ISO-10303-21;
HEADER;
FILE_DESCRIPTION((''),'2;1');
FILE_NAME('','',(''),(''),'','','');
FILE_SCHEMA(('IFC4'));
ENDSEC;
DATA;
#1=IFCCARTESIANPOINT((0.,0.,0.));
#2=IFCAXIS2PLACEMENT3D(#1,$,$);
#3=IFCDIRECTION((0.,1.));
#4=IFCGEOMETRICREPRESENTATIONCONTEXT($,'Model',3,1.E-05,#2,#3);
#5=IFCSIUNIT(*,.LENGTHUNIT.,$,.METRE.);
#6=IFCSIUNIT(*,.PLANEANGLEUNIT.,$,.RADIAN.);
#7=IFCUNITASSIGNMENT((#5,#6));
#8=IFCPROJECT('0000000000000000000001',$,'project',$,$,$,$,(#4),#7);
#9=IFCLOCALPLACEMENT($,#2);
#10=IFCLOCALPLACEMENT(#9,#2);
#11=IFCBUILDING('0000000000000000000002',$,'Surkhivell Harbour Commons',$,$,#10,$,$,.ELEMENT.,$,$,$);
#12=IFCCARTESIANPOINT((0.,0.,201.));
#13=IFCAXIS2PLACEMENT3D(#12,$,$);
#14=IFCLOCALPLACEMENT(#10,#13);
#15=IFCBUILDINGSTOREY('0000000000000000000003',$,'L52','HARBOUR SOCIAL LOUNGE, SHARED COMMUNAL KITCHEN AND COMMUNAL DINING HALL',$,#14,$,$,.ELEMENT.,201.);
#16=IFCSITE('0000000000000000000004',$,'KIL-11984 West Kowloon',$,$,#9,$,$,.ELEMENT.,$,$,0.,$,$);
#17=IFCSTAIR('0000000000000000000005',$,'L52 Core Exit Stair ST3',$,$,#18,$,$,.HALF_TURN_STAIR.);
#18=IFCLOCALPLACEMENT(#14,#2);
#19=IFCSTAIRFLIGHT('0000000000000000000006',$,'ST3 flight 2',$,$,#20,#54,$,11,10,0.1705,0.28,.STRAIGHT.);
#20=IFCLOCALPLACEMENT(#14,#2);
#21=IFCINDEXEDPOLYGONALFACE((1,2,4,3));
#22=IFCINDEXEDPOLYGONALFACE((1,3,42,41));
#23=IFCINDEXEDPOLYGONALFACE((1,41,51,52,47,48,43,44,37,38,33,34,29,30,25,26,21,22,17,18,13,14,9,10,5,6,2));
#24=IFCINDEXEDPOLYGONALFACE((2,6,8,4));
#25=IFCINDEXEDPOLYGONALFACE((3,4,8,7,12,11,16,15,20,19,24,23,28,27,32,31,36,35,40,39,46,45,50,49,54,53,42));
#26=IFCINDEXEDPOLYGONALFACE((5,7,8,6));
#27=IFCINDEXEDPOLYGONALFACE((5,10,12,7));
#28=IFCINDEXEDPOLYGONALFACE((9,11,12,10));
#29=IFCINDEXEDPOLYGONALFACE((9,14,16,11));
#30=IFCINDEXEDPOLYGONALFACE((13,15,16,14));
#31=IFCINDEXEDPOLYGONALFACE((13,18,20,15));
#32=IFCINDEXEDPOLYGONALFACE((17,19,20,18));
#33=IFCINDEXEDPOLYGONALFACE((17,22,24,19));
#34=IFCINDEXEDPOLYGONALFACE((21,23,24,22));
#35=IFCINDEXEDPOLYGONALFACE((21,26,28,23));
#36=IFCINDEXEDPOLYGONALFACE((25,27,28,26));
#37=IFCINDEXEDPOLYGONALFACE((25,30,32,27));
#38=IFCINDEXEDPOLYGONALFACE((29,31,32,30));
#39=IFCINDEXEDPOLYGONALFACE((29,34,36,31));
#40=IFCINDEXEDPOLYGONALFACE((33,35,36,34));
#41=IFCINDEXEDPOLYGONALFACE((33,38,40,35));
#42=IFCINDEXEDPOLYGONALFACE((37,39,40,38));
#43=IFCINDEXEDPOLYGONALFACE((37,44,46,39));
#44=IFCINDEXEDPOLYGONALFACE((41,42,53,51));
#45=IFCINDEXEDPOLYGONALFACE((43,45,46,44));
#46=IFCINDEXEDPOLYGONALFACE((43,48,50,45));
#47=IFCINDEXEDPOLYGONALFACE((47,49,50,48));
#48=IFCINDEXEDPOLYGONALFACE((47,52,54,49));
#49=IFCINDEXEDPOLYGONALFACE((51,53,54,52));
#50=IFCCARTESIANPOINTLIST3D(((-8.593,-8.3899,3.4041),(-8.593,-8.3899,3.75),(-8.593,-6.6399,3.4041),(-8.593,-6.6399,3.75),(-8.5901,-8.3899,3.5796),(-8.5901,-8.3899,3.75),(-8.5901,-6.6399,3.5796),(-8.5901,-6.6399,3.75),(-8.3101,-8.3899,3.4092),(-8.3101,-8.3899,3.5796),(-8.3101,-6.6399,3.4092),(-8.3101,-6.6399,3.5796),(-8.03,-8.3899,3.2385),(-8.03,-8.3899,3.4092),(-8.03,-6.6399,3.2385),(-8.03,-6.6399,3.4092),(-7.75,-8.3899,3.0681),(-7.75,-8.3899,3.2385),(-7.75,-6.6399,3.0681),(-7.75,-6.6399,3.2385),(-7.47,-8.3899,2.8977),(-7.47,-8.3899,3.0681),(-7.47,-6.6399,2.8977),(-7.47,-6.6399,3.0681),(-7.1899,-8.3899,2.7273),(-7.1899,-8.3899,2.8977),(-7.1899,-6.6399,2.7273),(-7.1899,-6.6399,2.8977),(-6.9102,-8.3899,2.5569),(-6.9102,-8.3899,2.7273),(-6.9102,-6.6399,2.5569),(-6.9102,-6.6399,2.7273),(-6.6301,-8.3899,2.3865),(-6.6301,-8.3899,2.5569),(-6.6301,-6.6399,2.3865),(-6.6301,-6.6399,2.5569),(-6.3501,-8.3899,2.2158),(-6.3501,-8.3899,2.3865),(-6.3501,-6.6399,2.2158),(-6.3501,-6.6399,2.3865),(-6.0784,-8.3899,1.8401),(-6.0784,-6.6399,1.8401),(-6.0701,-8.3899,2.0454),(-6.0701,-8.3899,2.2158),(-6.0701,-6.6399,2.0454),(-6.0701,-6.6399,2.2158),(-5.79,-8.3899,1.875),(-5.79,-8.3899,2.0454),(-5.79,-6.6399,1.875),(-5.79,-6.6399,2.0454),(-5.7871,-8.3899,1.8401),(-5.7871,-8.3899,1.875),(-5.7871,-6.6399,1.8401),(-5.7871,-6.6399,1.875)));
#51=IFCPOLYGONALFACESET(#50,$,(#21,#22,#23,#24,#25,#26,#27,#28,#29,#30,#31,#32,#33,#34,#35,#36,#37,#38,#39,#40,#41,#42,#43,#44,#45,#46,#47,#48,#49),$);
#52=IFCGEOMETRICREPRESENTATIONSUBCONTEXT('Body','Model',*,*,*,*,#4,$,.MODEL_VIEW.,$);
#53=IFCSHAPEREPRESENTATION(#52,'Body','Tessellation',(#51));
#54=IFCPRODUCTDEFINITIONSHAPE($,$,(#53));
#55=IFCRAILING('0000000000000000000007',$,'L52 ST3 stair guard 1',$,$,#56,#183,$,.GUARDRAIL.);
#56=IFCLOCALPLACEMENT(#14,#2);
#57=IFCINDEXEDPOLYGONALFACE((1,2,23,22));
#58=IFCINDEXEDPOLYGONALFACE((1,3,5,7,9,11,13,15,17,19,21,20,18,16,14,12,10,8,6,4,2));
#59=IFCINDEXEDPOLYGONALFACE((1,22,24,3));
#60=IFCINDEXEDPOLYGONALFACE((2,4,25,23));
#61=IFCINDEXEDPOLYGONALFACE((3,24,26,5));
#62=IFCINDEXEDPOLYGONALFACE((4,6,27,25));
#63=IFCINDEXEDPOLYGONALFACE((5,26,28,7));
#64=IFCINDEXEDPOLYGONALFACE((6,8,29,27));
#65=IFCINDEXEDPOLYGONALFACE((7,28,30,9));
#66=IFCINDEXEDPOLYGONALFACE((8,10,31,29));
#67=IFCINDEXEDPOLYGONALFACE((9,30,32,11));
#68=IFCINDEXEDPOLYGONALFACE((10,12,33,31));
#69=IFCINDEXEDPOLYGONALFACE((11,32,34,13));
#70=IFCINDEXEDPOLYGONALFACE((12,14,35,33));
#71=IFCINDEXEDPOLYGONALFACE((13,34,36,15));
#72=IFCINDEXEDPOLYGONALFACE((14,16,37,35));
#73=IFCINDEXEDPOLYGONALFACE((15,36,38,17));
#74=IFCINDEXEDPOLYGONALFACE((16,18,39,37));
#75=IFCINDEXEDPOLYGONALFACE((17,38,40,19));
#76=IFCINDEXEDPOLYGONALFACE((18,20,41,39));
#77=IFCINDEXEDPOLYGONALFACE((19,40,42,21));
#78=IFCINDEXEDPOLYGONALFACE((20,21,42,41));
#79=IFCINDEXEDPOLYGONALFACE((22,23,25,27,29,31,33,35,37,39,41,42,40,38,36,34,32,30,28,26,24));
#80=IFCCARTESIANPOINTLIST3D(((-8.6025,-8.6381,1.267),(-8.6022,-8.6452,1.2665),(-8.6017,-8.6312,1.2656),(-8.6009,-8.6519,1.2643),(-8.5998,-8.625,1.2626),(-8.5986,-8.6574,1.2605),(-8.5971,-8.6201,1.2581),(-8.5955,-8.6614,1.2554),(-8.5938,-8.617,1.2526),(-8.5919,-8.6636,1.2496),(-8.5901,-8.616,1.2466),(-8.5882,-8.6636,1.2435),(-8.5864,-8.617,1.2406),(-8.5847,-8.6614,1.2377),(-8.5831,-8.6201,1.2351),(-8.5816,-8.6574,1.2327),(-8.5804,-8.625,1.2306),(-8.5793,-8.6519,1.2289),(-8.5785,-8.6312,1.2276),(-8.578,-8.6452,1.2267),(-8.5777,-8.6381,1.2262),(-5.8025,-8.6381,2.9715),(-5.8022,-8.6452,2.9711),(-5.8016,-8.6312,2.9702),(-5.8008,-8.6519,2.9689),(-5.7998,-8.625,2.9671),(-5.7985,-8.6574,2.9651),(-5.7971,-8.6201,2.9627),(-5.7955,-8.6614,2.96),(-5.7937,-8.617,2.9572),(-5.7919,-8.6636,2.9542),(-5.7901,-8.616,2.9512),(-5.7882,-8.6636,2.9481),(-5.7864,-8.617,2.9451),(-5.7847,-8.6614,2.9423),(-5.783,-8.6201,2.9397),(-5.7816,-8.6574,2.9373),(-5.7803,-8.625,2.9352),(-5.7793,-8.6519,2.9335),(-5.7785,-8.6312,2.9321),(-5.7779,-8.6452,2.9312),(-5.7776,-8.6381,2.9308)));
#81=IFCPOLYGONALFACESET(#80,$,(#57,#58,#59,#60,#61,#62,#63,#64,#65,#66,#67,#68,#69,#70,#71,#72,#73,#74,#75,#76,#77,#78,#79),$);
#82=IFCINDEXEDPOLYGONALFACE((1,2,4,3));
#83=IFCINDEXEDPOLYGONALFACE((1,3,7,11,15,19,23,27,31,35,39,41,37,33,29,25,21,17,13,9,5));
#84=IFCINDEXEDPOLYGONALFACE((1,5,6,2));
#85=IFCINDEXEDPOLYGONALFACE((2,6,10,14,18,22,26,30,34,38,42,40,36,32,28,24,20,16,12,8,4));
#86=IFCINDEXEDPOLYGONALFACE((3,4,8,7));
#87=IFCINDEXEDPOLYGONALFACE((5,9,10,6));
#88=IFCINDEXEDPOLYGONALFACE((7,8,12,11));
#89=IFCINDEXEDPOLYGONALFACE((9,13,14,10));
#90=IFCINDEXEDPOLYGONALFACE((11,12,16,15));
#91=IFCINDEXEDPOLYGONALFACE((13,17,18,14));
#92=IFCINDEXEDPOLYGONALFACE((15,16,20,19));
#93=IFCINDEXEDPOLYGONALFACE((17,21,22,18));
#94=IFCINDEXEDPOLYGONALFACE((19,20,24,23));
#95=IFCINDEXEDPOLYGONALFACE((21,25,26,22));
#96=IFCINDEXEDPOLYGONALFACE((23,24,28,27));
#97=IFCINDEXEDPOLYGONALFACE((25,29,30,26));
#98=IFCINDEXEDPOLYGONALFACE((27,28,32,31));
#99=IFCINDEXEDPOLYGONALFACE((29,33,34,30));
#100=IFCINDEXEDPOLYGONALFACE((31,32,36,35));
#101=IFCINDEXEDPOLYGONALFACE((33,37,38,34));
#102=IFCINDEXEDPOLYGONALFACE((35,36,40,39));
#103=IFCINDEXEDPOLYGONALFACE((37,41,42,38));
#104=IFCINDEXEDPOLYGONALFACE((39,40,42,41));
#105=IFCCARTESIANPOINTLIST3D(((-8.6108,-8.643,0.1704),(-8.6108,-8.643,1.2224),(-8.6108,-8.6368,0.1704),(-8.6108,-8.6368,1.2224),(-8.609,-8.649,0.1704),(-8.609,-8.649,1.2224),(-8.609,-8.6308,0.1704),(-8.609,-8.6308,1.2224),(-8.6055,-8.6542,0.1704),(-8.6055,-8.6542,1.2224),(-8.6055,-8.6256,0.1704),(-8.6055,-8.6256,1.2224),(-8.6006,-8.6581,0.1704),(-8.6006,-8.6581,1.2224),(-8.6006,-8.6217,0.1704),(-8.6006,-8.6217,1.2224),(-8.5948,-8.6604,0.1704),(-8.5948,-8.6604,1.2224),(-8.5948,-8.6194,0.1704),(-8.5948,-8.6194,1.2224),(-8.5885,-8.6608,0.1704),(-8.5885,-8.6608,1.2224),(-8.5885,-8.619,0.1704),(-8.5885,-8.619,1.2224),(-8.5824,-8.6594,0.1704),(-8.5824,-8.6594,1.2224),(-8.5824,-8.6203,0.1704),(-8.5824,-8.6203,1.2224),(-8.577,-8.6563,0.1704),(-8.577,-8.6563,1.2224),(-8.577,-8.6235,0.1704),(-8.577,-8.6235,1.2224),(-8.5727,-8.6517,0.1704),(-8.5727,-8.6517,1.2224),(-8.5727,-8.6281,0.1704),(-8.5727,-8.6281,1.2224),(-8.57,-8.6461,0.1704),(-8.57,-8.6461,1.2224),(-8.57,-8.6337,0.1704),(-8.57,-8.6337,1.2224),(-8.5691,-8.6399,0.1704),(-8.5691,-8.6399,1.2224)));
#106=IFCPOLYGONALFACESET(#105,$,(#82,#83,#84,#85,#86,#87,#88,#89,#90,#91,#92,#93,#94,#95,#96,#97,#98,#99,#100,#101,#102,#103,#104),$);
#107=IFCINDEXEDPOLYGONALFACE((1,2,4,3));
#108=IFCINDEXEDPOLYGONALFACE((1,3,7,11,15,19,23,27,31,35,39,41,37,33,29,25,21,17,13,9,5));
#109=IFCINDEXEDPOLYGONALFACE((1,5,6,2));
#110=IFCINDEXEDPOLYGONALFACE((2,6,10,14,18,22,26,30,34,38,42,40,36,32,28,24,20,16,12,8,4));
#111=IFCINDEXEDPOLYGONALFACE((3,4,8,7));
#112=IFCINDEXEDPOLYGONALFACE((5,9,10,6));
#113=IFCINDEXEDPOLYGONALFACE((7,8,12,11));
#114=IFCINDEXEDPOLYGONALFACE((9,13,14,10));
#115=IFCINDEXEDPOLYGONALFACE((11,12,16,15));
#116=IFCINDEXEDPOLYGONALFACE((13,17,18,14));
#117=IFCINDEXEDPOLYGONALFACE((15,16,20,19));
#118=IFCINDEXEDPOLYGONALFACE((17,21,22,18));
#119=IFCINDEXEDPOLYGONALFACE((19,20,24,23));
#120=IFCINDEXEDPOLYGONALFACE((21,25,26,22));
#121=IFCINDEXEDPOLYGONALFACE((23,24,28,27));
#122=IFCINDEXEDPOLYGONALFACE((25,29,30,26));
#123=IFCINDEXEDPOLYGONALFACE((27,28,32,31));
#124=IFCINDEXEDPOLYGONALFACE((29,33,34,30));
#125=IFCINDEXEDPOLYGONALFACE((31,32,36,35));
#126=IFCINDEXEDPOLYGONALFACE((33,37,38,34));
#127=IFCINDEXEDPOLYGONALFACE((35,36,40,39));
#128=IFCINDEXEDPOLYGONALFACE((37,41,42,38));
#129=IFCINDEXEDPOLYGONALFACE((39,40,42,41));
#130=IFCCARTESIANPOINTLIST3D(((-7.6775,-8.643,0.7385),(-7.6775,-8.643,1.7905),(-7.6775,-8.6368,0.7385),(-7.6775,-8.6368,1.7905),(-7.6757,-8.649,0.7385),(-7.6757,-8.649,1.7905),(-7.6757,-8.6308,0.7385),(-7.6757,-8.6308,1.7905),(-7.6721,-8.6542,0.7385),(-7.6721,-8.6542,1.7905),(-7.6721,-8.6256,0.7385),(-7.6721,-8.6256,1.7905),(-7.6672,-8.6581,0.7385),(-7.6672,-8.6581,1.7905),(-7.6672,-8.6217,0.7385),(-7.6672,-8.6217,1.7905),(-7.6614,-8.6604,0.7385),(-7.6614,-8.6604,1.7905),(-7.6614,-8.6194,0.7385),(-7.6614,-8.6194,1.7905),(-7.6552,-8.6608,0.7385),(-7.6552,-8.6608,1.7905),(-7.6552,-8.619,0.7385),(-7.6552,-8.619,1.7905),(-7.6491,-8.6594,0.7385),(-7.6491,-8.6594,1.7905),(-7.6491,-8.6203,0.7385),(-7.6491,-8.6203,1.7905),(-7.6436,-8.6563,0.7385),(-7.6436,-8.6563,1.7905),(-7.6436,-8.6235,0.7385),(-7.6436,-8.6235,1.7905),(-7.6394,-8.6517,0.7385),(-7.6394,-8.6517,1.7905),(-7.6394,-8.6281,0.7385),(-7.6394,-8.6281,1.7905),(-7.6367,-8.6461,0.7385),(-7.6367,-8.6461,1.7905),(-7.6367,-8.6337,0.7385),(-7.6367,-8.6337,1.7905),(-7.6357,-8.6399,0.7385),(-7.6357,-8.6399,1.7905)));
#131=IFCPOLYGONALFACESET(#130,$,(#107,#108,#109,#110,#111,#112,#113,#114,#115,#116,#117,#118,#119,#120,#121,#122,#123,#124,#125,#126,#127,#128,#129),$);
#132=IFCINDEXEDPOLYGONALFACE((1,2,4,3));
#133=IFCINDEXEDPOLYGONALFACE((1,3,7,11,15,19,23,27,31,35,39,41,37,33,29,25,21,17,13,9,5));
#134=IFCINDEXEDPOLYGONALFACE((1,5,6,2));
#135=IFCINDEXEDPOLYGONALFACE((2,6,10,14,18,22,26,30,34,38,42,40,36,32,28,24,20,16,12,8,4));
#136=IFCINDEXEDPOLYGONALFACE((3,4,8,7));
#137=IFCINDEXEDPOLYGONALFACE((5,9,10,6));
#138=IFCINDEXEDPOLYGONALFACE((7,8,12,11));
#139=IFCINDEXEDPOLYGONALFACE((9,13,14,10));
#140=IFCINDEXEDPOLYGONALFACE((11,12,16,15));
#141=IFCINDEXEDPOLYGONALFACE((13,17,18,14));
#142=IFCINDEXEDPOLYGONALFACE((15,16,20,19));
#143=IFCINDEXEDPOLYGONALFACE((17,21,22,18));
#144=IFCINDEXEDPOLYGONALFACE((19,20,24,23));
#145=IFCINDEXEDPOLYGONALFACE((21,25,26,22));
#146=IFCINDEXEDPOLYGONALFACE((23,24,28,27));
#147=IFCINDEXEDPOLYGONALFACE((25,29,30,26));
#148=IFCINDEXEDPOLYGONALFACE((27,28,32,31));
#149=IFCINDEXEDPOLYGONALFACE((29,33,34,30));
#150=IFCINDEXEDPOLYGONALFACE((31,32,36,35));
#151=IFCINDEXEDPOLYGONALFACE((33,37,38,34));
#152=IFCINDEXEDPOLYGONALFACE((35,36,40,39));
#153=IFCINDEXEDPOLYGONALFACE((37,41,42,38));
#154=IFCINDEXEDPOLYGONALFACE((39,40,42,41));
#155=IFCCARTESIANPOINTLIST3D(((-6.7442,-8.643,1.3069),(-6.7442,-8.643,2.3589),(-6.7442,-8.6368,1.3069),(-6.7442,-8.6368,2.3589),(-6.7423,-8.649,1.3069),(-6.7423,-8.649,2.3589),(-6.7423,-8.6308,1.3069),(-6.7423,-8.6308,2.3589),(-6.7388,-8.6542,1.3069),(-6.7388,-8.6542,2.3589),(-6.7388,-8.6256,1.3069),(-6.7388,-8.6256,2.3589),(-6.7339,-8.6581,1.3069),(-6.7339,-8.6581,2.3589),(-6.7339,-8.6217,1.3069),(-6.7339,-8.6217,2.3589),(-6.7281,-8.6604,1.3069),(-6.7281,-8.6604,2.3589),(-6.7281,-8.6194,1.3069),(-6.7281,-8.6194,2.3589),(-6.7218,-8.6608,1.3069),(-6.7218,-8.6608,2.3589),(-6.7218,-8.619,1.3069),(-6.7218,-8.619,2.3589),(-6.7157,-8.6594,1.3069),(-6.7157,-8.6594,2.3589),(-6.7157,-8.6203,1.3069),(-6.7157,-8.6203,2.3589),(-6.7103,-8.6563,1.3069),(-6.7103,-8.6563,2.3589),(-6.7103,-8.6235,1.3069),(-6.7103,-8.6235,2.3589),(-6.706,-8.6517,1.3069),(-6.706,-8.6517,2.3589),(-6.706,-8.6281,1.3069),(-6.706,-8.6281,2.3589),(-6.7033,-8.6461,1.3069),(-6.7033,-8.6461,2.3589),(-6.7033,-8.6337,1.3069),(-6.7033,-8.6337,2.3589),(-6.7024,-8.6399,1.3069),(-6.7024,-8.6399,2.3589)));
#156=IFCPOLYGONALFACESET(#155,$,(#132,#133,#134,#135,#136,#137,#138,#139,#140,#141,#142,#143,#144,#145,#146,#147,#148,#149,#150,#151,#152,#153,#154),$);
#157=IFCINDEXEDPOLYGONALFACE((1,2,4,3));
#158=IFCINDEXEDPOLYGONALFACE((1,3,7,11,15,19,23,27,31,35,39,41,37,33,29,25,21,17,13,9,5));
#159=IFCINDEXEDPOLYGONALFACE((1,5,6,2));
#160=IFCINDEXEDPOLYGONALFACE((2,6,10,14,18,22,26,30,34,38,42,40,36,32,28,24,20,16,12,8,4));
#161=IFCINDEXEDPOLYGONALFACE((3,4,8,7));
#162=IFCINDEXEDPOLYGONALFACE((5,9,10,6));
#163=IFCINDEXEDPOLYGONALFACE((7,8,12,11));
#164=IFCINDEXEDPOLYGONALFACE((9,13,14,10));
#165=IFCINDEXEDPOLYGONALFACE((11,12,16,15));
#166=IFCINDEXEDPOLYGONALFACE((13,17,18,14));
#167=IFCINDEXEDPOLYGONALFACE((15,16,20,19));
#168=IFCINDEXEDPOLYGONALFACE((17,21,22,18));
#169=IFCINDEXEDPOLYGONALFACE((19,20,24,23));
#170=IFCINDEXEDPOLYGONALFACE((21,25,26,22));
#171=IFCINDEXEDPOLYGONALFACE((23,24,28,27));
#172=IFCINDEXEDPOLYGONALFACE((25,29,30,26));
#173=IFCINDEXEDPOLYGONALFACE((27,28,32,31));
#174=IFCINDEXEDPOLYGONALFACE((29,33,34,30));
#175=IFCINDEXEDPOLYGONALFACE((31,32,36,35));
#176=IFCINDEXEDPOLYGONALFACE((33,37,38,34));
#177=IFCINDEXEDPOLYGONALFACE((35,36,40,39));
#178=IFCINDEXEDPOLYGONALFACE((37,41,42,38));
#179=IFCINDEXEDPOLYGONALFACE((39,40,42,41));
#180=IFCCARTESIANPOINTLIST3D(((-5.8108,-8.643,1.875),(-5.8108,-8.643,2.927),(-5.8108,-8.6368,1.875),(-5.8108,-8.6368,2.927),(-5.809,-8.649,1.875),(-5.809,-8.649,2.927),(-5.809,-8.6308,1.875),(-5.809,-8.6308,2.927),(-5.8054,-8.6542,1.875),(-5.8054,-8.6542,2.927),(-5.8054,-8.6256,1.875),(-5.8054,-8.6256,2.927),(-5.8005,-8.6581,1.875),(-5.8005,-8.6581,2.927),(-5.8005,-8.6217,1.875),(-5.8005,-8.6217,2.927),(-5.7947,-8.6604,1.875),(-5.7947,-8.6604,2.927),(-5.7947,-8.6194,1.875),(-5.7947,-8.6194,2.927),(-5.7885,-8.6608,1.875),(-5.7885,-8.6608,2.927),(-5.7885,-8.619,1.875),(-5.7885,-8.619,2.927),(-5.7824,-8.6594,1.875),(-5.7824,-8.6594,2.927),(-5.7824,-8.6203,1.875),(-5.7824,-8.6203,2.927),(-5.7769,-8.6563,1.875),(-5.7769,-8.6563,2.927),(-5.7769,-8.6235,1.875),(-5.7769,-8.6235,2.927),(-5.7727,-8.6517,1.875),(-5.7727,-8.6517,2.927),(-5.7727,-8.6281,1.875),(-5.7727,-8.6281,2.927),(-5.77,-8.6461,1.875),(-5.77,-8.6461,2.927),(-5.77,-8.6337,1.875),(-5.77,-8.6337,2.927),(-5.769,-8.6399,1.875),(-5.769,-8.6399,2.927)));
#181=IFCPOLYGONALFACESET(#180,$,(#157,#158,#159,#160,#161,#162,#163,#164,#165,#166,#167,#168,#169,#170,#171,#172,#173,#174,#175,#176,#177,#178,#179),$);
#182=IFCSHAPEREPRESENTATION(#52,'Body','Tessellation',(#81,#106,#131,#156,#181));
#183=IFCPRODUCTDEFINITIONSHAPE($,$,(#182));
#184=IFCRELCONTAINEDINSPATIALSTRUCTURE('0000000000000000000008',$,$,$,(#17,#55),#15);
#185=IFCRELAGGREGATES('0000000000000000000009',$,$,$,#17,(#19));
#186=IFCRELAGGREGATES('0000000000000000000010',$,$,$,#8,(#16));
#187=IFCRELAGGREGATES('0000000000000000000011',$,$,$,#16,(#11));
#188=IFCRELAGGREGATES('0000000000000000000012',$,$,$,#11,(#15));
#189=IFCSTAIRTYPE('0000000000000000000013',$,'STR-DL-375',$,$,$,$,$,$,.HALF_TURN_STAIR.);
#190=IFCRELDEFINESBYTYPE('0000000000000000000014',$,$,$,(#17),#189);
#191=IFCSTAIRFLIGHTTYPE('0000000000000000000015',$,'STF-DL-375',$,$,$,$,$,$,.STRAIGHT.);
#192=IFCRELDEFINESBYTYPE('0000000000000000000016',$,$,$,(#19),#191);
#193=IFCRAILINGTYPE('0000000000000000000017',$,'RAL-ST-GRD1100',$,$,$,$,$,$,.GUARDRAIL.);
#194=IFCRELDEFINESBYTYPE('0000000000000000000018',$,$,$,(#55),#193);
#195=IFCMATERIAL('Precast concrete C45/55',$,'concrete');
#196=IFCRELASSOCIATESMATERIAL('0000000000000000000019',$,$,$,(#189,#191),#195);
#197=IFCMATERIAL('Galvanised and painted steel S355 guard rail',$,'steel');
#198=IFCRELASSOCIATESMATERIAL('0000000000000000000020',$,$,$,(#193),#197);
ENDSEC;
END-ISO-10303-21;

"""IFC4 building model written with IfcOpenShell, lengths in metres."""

from ifc_helpers import new_model, si_unit, direction, frame, origin, origin_2d, place, context, subcontext, project, spatial, polyline, circle, outline, extrude, material, type_object, element, aggregate, save


model = new_model("IFC4")

# Units and contexts
model_context = context("Model", 3, precision=1e-05, world=origin(), true_north=direction((0.0, 1.0)))
body_context = subcontext(model_context, "Body", "Model", "MODEL_VIEW")
ifc_project = project(units=[si_unit("LENGTHUNIT", "METRE"), si_unit("PLANEANGLEUNIT", "RADIAN")], contexts=[model_context])

# Site, building, storey
site_placement = place(None, origin())
site = spatial("IfcSite", under=ifc_project, at=site_placement, Name="KIL-11984 West Kowloon", CompositionType="ELEMENT", RefElevation=0.0)
building_placement = place(site_placement, origin())
building = spatial("IfcBuilding", under=site, at=building_placement, Name="Surkhivell Harbour Commons", CompositionType="ELEMENT")
storey_placement = place(building_placement, frame((0.0, 0.0, 201.0)))
storey = spatial("IfcBuildingStorey", under=building, at=storey_placement, Name="L52", Description="HARBOUR SOCIAL LOUNGE, SHARED COMMUNAL KITCHEN AND COMMUNAL DINING HALL", CompositionType="ELEMENT", Elevation=201.0)

# Stair, stair flight
ifc_material_1 = material(Name="Precast concrete C45/55", Category="concrete")
stair_type = type_object("IfcStairType", Name="STR-DL-375", PredefinedType="HALF_TURN_STAIR", material=ifc_material_1)
stair_placement = place(storey_placement, origin())
stair = element("IfcStair", 1, at=stair_placement, inside=storey, type_object=stair_type, Name="L52 Core Exit Stair ST3", PredefinedType="HALF_TURN_STAIR")
stair_flight_type = type_object("IfcStairFlightType", Name="STF-DL-375", PredefinedType="STRAIGHT", material=ifc_material_1)
stair_flight_1_placement = place(storey_placement, frame((-5.79, -7.5149, 1.875), z_axis=(0.0, 0.0, 1.0), x_axis=(-1.0, 0.0, 0.0)))
stair_flight_1 = element("IfcStairFlight", 2, at=stair_flight_1_placement, type_object=stair_flight_type, Name="ST3 flight 2", NumberOfRisers=11, NumberOfTreads=10, PredefinedType="STRAIGHT", RiserHeight=0.1705, TreadLength=0.28, context=body_context, shape_type="SweptSolid", body=[
    extrude(outline(polyline([(-0.0029, -0.0349), (-0.0029, 0.0), (0.0, 0.0), (0.0, 0.1704), (0.28, 0.1704), (0.28, 0.3408), (0.5601, 0.3408), (0.5601, 0.5115), (0.8401, 0.5115), (0.8401, 0.6819), (1.1201, 0.6819), (1.1201, 0.8523), (1.3999, 0.8523), (1.3999, 1.0227), (1.6799, 1.0227), (1.6799, 1.1931), (1.96, 1.1931), (1.96, 1.3635), (2.24, 1.3635), (2.24, 1.5342), (2.52, 1.5342), (2.52, 1.7046), (2.8, 1.7046), (2.8, 1.875), (2.803, 1.875), (2.803, 1.5291), (0.2883, -0.0349), (-0.0029, -0.0349)])), frame((0.0, 0.875, 0.0), z_axis=(0.0, -1.0, 0.0), x_axis=(1.0, 0.0, 0.0)), (0.0, 0.0, 1.0), 1.75),
])
aggregate(stair, [stair_flight_1])

# Railing
ifc_material_2 = material(Name="Galvanised and painted steel S355 guard rail", Category="steel")
railing_type_1 = type_object("IfcRailingType", Name="RAL-ST-GRD1100", PredefinedType="GUARDRAIL", material=ifc_material_2)
railing_1_placement = place(storey_placement, frame((-8.5901, -8.6399, 0.1704)))
element("IfcRailing", 3, at=railing_1_placement, inside=storey, type_object=railing_type_1, Name="L52 ST3 stair guard 1", PredefinedType="GUARDRAIL", context=body_context, shape_type="SweptSolid", body=[
    extrude(circle(Radius=0.0239, at=origin_2d()), frame((0.0, 0.0, 1.0762), z_axis=(0.85417, 0.0, 0.519994), x_axis=(0.0, 1.0, 0.0)), (0.0, 0.0, 1.0), 3.2781),
    extrude(circle(Radius=0.021, at=origin_2d()), origin(), (0.0, 0.0, 1.0), 1.052),
    extrude(circle(Radius=0.021, at=origin_2d()), frame((0.9333, 0.0, 0.5681)), (0.0, 0.0, 1.0), 1.052),
    extrude(circle(Radius=0.021, at=origin_2d()), frame((1.8667, 0.0, 1.1365)), (0.0, 0.0, 1.0), 1.052),
    extrude(circle(Radius=0.021, at=origin_2d()), frame((2.8, 0.0, 1.7046)), (0.0, 0.0, 1.0), 1.052),
])

save(model, "model.ifc")
